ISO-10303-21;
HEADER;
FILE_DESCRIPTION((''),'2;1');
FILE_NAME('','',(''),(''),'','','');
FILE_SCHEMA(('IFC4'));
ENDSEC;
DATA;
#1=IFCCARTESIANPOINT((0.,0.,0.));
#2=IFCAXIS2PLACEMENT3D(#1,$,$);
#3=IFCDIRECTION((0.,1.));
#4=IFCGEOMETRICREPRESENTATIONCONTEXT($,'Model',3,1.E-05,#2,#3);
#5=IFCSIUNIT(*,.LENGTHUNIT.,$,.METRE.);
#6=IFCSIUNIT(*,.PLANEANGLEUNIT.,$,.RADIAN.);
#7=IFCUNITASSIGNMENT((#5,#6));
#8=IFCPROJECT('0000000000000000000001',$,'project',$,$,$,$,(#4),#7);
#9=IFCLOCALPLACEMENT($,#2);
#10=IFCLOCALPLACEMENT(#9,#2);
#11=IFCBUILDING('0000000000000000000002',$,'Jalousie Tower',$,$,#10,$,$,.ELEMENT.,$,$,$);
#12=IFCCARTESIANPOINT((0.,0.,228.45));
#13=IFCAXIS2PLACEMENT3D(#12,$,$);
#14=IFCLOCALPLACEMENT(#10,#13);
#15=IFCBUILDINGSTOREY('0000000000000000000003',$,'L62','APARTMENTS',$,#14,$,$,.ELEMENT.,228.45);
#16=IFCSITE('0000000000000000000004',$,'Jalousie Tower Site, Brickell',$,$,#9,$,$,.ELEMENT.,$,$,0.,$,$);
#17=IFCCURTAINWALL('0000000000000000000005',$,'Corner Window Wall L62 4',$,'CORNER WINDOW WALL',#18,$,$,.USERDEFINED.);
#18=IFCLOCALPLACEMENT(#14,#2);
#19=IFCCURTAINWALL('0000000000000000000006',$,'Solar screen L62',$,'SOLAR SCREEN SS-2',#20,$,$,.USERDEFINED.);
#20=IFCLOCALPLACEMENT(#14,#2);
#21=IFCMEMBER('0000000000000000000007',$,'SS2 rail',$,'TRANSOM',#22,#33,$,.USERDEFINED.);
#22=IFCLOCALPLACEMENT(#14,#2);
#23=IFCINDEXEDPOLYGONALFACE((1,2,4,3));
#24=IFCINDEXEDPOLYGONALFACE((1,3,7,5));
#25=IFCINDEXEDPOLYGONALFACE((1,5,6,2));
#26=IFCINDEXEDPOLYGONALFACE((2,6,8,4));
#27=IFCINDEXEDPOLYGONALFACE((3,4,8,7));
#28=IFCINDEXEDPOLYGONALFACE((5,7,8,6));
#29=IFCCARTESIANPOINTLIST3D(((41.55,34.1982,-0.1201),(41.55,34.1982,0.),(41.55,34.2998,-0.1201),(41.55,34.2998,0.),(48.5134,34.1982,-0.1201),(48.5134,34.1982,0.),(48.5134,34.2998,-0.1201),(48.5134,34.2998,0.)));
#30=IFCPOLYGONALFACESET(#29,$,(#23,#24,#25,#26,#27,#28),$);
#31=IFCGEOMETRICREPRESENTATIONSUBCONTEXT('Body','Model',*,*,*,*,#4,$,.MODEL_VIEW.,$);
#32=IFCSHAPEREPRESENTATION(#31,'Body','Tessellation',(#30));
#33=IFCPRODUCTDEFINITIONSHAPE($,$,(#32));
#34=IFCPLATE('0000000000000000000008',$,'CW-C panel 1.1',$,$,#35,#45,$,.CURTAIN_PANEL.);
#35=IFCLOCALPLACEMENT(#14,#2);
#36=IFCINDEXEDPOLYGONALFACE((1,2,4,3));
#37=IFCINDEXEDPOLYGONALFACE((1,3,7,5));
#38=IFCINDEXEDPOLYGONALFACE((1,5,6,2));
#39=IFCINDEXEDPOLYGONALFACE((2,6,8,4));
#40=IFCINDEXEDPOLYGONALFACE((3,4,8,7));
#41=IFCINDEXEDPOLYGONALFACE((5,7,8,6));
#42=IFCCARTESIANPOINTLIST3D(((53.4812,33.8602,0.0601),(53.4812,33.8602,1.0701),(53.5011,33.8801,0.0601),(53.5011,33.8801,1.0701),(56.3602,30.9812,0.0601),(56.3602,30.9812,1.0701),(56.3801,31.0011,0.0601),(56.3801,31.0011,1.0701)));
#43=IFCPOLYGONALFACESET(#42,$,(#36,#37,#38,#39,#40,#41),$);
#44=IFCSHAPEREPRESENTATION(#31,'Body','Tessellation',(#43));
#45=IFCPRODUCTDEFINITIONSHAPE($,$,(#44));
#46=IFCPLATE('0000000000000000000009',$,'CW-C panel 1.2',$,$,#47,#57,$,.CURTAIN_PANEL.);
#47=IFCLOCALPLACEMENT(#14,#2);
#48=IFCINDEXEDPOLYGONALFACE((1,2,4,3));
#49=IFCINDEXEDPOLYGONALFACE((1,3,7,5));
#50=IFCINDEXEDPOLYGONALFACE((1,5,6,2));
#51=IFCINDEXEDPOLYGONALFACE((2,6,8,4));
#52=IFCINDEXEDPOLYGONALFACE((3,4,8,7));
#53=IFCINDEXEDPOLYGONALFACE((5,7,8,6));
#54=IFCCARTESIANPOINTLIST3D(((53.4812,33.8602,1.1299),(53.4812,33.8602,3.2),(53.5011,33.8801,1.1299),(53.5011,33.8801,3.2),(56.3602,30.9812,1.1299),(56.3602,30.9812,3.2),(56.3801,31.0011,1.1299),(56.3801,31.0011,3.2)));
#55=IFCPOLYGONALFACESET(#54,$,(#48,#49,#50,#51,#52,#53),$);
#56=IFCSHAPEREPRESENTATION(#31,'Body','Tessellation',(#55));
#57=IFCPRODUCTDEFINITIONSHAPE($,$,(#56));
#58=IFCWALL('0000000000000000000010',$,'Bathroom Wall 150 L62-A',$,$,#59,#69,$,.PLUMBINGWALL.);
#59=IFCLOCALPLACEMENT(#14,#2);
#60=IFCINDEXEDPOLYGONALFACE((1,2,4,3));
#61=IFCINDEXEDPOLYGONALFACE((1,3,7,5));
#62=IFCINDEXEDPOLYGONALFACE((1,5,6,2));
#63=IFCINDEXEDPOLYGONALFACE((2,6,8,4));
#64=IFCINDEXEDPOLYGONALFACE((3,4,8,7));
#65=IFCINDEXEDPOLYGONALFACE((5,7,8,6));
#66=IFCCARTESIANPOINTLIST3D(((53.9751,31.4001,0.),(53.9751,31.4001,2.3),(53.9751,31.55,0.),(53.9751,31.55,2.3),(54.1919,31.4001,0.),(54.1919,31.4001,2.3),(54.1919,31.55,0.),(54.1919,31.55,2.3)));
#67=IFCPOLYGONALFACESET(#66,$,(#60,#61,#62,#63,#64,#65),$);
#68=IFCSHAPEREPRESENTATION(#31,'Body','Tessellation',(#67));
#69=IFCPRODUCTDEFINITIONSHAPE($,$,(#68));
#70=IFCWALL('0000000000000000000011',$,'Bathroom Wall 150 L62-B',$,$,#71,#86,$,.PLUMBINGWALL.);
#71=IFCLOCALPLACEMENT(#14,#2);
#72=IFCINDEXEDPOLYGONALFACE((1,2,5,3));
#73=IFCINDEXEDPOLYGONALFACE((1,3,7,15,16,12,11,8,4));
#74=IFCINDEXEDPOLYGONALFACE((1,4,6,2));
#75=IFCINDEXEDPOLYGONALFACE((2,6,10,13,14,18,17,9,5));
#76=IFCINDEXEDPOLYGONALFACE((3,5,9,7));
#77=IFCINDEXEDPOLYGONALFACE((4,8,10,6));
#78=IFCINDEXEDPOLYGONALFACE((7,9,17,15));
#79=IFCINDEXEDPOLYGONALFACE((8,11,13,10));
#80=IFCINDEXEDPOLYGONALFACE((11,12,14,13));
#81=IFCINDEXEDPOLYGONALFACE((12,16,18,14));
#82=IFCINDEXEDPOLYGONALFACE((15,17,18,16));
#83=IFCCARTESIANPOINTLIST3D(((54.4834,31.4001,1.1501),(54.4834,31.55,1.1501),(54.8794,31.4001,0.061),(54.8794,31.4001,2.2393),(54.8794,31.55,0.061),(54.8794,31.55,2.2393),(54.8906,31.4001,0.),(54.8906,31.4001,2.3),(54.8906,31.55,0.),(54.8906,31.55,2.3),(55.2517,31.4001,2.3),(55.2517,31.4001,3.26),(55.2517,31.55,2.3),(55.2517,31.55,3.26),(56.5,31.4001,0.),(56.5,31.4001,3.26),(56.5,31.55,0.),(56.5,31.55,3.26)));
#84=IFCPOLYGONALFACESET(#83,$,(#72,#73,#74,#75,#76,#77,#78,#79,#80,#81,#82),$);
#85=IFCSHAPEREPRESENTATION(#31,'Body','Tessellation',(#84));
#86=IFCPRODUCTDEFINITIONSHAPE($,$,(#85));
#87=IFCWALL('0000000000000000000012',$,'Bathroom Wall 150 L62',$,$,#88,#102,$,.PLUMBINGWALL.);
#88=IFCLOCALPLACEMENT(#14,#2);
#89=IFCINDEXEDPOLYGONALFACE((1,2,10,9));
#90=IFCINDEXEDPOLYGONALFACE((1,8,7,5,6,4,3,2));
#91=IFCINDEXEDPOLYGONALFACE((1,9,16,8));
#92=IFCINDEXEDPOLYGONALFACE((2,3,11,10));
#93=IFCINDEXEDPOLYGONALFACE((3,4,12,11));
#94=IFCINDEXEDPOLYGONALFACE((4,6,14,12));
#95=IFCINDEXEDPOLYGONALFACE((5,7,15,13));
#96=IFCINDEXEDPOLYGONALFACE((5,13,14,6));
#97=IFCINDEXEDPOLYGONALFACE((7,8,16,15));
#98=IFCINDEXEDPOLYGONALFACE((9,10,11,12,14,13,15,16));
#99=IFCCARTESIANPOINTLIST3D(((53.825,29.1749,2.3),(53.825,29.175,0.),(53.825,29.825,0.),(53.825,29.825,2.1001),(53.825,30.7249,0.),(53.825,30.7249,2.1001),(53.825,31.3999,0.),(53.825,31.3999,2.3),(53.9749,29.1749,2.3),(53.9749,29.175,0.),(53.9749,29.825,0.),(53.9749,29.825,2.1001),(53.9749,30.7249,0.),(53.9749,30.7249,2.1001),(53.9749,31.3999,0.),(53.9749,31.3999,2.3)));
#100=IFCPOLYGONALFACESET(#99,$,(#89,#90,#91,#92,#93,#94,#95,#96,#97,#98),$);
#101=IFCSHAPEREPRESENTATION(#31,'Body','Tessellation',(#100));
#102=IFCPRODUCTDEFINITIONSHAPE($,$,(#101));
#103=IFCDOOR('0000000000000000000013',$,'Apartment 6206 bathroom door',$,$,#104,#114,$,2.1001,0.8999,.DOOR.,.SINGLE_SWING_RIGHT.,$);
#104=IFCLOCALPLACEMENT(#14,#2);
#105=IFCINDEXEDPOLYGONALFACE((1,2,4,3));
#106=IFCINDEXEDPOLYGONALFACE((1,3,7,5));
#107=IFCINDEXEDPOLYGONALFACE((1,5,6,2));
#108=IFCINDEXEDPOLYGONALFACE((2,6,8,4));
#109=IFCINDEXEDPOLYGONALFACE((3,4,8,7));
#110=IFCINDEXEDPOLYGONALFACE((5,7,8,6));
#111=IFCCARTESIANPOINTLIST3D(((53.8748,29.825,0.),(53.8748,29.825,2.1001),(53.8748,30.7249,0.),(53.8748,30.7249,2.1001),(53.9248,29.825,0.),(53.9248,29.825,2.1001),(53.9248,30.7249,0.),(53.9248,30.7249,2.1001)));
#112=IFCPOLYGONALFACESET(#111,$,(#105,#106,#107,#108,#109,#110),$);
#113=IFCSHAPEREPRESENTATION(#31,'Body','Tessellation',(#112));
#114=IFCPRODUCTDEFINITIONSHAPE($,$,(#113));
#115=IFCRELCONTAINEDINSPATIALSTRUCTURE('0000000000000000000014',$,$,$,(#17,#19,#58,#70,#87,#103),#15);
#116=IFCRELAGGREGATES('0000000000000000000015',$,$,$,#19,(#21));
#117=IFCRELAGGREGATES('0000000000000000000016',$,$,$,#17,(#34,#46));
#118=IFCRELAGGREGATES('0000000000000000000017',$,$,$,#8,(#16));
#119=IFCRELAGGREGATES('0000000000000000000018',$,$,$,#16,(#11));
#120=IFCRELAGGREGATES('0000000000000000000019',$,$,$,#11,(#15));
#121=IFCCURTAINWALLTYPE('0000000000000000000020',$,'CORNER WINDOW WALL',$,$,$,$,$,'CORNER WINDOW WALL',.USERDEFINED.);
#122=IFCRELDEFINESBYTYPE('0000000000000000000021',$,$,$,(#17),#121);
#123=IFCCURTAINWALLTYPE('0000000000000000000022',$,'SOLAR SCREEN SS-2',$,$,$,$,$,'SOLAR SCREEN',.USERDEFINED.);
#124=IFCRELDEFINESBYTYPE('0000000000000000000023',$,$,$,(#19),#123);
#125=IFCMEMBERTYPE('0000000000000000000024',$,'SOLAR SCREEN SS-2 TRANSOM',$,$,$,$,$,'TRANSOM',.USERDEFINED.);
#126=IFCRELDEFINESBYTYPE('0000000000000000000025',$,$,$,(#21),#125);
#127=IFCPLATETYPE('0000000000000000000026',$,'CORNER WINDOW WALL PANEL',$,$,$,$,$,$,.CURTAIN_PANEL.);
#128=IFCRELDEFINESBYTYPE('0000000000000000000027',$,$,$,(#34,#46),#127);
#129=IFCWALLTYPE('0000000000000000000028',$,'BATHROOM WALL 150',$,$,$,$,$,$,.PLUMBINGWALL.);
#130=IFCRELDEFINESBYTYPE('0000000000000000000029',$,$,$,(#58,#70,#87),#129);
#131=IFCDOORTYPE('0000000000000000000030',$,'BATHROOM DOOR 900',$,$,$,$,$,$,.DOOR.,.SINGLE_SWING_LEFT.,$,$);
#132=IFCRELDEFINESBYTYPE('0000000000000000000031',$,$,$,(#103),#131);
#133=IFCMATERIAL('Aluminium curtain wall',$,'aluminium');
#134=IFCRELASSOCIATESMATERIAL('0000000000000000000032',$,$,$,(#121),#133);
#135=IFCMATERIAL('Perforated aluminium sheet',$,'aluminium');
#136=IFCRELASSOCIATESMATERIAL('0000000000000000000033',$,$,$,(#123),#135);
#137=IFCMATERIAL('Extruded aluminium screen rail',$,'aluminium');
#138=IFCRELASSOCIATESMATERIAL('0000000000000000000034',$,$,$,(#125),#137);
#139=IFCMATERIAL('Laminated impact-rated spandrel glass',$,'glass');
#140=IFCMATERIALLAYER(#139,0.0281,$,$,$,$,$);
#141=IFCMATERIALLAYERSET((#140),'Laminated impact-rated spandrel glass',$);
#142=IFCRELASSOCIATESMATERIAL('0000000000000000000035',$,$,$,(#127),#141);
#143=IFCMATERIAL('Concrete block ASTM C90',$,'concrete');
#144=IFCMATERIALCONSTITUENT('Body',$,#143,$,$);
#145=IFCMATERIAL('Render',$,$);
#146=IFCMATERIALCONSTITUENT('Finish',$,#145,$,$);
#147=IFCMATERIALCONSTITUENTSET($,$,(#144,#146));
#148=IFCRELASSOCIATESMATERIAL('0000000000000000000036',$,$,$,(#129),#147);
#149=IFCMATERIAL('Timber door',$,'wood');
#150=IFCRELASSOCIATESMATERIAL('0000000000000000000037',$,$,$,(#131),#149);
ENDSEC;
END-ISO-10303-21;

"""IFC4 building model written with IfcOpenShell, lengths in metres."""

from ifc_helpers import new_model, si_unit, direction, frame, frame_2d, origin, origin_2d, place, context, subcontext, project, spatial, polyline, rectangle, outline, extrude, material, layer, layer_set, constituent, constituent_set, material_profile, profile_set, type_object, element, fill, aggregate, save


model = new_model("IFC4")

# Units and contexts
model_context = context("Model", 3, precision=1e-05, world=origin(), true_north=direction((0.0, 1.0)))
body_context = subcontext(model_context, "Body", "Model", "MODEL_VIEW")
ifc_project = project(units=[si_unit("LENGTHUNIT", "METRE"), si_unit("PLANEANGLEUNIT", "RADIAN")], contexts=[model_context])

# Site, building, storey
site_placement = place(None, origin())
site = spatial("IfcSite", under=ifc_project, at=site_placement, Name="Jalousie Tower Site, Brickell", CompositionType="ELEMENT", RefElevation=0.0)
building_placement = place(site_placement, origin())
building = spatial("IfcBuilding", under=site, at=building_placement, Name="Jalousie Tower", CompositionType="ELEMENT")
storey_placement = place(building_placement, frame((0.0, 0.0, 228.45)))
storey = spatial("IfcBuildingStorey", under=building, at=storey_placement, Name="L62", Description="APARTMENTS", CompositionType="ELEMENT", Elevation=228.45)

# Curtain wall
ifc_material_1 = material(Name="Aluminium curtain wall", Category="aluminium")
curtain_wall_type_1 = type_object("IfcCurtainWallType", Name="CORNER WINDOW WALL", ElementType="CORNER WINDOW WALL", PredefinedType="USERDEFINED", material=ifc_material_1)
curtain_wall_1_placement = place(storey_placement, origin())
curtain_wall_1 = element("IfcCurtainWall", 1, at=curtain_wall_1_placement, inside=storey, type_object=curtain_wall_type_1, Name="Corner Window Wall L62 4", ObjectType="CORNER WINDOW WALL", PredefinedType="USERDEFINED")

# Curtain wall, member
ifc_material_2 = material(Name="Perforated aluminium sheet", Category="aluminium")
curtain_wall_type_2 = type_object("IfcCurtainWallType", Name="SOLAR SCREEN SS-2", ElementType="SOLAR SCREEN", PredefinedType="USERDEFINED", material=ifc_material_2)
curtain_wall_2_placement = place(storey_placement, origin())
curtain_wall_2 = element("IfcCurtainWall", 2, at=curtain_wall_2_placement, inside=storey, type_object=curtain_wall_type_2, Name="Solar screen L62", ObjectType="SOLAR SCREEN SS-2", PredefinedType="USERDEFINED")
ifc_material_3 = material(Name="Extruded aluminium screen rail", Category="aluminium")
ifc_material_profile_1 = material_profile(ifc_material_3, rectangle(XDim=0.1016, YDim=0.1201, at=origin_2d()), Name="RAIL 102x120")
ifc_profile_set_1 = profile_set([ifc_material_profile_1], Name="Extruded aluminium screen rail")
member_type_1 = type_object("IfcMemberType", Name="SOLAR SCREEN SS-2 TRANSOM", ElementType="TRANSOM", PredefinedType="USERDEFINED", material=ifc_profile_set_1)
member_1_placement = place(storey_placement, frame((48.5134, 34.249, -0.0601), z_axis=(-1.0, 0.0, 0.0), x_axis=(0.0, -1.0, 0.0)))
member_1 = element("IfcMember", 3, at=member_1_placement, type_object=member_type_1, Name="SS2 rail", ObjectType="TRANSOM", PredefinedType="USERDEFINED", context=body_context, shape_type="SweptSolid", body=[
    extrude(rectangle(XDim=0.1016, YDim=0.1201, at=origin_2d()), origin(), (0.0, 0.0, 1.0), 6.9634),
])
aggregate(curtain_wall_2, [member_1])

# Plates
ifc_material_4 = material(Name="Laminated impact-rated spandrel glass", Category="glass")
ifc_layer_1 = layer(ifc_material_4, 0.0281)
ifc_layer_set_1 = layer_set([ifc_layer_1], Name="Laminated impact-rated spandrel glass")
plate_type = type_object("IfcPlateType", Name="CORNER WINDOW WALL PANEL", PredefinedType="CURTAIN_PANEL", material=ifc_layer_set_1)
plate_1_placement = place(storey_placement, frame((54.9307, 32.4307, 0.0601), z_axis=(0.0, 0.0, 1.0), x_axis=(-0.707107, 0.707107, 0.0)))
plate_1 = element("IfcPlate", 4, at=plate_1_placement, type_object=plate_type, Name="CW-C panel 1.1", PredefinedType="CURTAIN_PANEL", context=body_context, shape_type="SweptSolid", body=[
    extrude(rectangle(XDim=4.0715, YDim=0.0281, at=origin_2d()), origin(), (0.0, 0.0, 1.0), 1.01),
])
plate_2_placement = place(storey_placement, frame((54.9307, 32.4307, 1.1299), z_axis=(0.0, 0.0, 1.0), x_axis=(-0.707107, 0.707107, 0.0)))
plate_2 = element("IfcPlate", 5, at=plate_2_placement, type_object=plate_type, Name="CW-C panel 1.2", PredefinedType="CURTAIN_PANEL", context=body_context, shape_type="SweptSolid", body=[
    extrude(rectangle(XDim=4.0715, YDim=0.0281, at=origin_2d()), origin(), (0.0, 0.0, 1.0), 2.0701),
])
aggregate(curtain_wall_1, [plate_1, plate_2])

# Walls
ifc_material_5 = material(Name="Concrete block ASTM C90", Category="concrete")
ifc_constituent_1 = constituent(ifc_material_5, Name="Body")
ifc_material_6 = material(Name="Render")
ifc_constituent_2 = constituent(ifc_material_6, Name="Finish")
ifc_constituent_set_1 = constituent_set(constituents=[ifc_constituent_1, ifc_constituent_2])
wall_type_1 = type_object("IfcWallType", Name="BATHROOM WALL 150", PredefinedType="PLUMBINGWALL", material=ifc_constituent_set_1)
wall_1_placement = place(storey_placement, frame((53.9751, 31.4751, 0.0), z_axis=(0.0, 0.0, 1.0), x_axis=(1.0, 0.0, 0.0)))
element("IfcWall", 6, at=wall_1_placement, inside=storey, type_object=wall_type_1, Name="Bathroom Wall 150 L62-A", PredefinedType="PLUMBINGWALL", context=body_context, shape_type="SweptSolid", body=[
    extrude(rectangle(XDim=0.2168, YDim=0.1499, at=frame_2d((0.1084, 0.0))), origin(), (0.0, 0.0, 1.0), 2.3),
])
wall_2_placement = place(storey_placement, frame((54.4834, 31.4751, 0.0), z_axis=(0.0, 0.0, 1.0), x_axis=(1.0, 0.0, 0.0)))
element("IfcWall", 7, at=wall_2_placement, inside=storey, type_object=wall_type_1, Name="Bathroom Wall 150 L62-B", PredefinedType="PLUMBINGWALL", context=body_context, shape_type="SweptSolid", body=[
    extrude(outline(polyline([(0.7683, 3.26), (0.7683, 2.3), (0.4072, 2.3), (0.396, 2.2393), (0.0, 1.1501), (0.396, 0.061), (0.4072, 0.0), (2.0166, 0.0), (2.0166, 3.26), (0.7683, 3.26)])), frame((0.0, 0.075, 0.0), z_axis=(0.0, -1.0, 0.0), x_axis=(1.0, 0.0, 0.0)), (0.0, 0.0, 1.0), 0.1499),
])

# Wall, opening, door
wall_3_placement = place(storey_placement, frame((53.8999, 31.3999, 0.0), z_axis=(0.0, 0.0, 1.0), x_axis=(0.0, -1.0, 0.0)))
wall_3 = element("IfcWall", 8, at=wall_3_placement, inside=storey, type_object=wall_type_1, Name="Bathroom Wall 150 L62", PredefinedType="PLUMBINGWALL", context=body_context, shape_type="SweptSolid", body=[
    extrude(outline(polyline([(0.0, 0.0), (2.2249, 0.0), (2.2251, 3.26), (2.2251, 2.3), (0.438, 2.3), (0.0, 2.3), (0.0, 3.26), (0.0, 0.0)])), frame((0.0, 0.075, 0.0), z_axis=(0.0, -1.0, 0.0), x_axis=(1.0, 0.0, 0.0)), (0.0, 0.0, 1.0), 0.1499),
])
opening_1_placement = place(wall_3_placement, frame((0.675, 0.0, 0.0)))
opening_1 = element("IfcOpeningElement", 9, at=opening_1_placement, cuts=wall_3, PredefinedType="OPENING", context=body_context, shape_type="SweptSolid", body=[
    extrude(rectangle(XDim=0.8999, YDim=2.1001, at=frame_2d((0.45, 1.05))), frame((0.0, 0.085, 0.0), z_axis=(0.0, -1.0, 0.0), x_axis=(1.0, 0.0, 0.0)), (0.0, 0.0, 1.0), 0.1699),
])
ifc_material_7 = material(Name="Timber door", Category="wood")
door_type_1 = type_object("IfcDoorType", Name="BATHROOM DOOR 900", OperationType="SINGLE_SWING_LEFT", PredefinedType="DOOR", material=ifc_material_7)
door_1_placement = place(opening_1_placement, origin())
door_1 = element("IfcDoor", 10, at=door_1_placement, inside=storey, type_object=door_type_1, Name="Apartment 6206 bathroom door", OperationType="SINGLE_SWING_RIGHT", OverallHeight=2.1001, OverallWidth=0.8999, PredefinedType="DOOR", context=body_context, shape_type="SweptSolid", body=[
    extrude(rectangle(XDim=0.8999, YDim=2.1001, at=frame_2d((0.45, 1.05))), frame((0.0, 0.0249, 0.0), z_axis=(0.0, -1.0, 0.0), x_axis=(1.0, 0.0, 0.0)), (0.0, 0.0, 1.0), 0.05),
])
fill(opening_1, door_1)

save(model, "model.ifc")
